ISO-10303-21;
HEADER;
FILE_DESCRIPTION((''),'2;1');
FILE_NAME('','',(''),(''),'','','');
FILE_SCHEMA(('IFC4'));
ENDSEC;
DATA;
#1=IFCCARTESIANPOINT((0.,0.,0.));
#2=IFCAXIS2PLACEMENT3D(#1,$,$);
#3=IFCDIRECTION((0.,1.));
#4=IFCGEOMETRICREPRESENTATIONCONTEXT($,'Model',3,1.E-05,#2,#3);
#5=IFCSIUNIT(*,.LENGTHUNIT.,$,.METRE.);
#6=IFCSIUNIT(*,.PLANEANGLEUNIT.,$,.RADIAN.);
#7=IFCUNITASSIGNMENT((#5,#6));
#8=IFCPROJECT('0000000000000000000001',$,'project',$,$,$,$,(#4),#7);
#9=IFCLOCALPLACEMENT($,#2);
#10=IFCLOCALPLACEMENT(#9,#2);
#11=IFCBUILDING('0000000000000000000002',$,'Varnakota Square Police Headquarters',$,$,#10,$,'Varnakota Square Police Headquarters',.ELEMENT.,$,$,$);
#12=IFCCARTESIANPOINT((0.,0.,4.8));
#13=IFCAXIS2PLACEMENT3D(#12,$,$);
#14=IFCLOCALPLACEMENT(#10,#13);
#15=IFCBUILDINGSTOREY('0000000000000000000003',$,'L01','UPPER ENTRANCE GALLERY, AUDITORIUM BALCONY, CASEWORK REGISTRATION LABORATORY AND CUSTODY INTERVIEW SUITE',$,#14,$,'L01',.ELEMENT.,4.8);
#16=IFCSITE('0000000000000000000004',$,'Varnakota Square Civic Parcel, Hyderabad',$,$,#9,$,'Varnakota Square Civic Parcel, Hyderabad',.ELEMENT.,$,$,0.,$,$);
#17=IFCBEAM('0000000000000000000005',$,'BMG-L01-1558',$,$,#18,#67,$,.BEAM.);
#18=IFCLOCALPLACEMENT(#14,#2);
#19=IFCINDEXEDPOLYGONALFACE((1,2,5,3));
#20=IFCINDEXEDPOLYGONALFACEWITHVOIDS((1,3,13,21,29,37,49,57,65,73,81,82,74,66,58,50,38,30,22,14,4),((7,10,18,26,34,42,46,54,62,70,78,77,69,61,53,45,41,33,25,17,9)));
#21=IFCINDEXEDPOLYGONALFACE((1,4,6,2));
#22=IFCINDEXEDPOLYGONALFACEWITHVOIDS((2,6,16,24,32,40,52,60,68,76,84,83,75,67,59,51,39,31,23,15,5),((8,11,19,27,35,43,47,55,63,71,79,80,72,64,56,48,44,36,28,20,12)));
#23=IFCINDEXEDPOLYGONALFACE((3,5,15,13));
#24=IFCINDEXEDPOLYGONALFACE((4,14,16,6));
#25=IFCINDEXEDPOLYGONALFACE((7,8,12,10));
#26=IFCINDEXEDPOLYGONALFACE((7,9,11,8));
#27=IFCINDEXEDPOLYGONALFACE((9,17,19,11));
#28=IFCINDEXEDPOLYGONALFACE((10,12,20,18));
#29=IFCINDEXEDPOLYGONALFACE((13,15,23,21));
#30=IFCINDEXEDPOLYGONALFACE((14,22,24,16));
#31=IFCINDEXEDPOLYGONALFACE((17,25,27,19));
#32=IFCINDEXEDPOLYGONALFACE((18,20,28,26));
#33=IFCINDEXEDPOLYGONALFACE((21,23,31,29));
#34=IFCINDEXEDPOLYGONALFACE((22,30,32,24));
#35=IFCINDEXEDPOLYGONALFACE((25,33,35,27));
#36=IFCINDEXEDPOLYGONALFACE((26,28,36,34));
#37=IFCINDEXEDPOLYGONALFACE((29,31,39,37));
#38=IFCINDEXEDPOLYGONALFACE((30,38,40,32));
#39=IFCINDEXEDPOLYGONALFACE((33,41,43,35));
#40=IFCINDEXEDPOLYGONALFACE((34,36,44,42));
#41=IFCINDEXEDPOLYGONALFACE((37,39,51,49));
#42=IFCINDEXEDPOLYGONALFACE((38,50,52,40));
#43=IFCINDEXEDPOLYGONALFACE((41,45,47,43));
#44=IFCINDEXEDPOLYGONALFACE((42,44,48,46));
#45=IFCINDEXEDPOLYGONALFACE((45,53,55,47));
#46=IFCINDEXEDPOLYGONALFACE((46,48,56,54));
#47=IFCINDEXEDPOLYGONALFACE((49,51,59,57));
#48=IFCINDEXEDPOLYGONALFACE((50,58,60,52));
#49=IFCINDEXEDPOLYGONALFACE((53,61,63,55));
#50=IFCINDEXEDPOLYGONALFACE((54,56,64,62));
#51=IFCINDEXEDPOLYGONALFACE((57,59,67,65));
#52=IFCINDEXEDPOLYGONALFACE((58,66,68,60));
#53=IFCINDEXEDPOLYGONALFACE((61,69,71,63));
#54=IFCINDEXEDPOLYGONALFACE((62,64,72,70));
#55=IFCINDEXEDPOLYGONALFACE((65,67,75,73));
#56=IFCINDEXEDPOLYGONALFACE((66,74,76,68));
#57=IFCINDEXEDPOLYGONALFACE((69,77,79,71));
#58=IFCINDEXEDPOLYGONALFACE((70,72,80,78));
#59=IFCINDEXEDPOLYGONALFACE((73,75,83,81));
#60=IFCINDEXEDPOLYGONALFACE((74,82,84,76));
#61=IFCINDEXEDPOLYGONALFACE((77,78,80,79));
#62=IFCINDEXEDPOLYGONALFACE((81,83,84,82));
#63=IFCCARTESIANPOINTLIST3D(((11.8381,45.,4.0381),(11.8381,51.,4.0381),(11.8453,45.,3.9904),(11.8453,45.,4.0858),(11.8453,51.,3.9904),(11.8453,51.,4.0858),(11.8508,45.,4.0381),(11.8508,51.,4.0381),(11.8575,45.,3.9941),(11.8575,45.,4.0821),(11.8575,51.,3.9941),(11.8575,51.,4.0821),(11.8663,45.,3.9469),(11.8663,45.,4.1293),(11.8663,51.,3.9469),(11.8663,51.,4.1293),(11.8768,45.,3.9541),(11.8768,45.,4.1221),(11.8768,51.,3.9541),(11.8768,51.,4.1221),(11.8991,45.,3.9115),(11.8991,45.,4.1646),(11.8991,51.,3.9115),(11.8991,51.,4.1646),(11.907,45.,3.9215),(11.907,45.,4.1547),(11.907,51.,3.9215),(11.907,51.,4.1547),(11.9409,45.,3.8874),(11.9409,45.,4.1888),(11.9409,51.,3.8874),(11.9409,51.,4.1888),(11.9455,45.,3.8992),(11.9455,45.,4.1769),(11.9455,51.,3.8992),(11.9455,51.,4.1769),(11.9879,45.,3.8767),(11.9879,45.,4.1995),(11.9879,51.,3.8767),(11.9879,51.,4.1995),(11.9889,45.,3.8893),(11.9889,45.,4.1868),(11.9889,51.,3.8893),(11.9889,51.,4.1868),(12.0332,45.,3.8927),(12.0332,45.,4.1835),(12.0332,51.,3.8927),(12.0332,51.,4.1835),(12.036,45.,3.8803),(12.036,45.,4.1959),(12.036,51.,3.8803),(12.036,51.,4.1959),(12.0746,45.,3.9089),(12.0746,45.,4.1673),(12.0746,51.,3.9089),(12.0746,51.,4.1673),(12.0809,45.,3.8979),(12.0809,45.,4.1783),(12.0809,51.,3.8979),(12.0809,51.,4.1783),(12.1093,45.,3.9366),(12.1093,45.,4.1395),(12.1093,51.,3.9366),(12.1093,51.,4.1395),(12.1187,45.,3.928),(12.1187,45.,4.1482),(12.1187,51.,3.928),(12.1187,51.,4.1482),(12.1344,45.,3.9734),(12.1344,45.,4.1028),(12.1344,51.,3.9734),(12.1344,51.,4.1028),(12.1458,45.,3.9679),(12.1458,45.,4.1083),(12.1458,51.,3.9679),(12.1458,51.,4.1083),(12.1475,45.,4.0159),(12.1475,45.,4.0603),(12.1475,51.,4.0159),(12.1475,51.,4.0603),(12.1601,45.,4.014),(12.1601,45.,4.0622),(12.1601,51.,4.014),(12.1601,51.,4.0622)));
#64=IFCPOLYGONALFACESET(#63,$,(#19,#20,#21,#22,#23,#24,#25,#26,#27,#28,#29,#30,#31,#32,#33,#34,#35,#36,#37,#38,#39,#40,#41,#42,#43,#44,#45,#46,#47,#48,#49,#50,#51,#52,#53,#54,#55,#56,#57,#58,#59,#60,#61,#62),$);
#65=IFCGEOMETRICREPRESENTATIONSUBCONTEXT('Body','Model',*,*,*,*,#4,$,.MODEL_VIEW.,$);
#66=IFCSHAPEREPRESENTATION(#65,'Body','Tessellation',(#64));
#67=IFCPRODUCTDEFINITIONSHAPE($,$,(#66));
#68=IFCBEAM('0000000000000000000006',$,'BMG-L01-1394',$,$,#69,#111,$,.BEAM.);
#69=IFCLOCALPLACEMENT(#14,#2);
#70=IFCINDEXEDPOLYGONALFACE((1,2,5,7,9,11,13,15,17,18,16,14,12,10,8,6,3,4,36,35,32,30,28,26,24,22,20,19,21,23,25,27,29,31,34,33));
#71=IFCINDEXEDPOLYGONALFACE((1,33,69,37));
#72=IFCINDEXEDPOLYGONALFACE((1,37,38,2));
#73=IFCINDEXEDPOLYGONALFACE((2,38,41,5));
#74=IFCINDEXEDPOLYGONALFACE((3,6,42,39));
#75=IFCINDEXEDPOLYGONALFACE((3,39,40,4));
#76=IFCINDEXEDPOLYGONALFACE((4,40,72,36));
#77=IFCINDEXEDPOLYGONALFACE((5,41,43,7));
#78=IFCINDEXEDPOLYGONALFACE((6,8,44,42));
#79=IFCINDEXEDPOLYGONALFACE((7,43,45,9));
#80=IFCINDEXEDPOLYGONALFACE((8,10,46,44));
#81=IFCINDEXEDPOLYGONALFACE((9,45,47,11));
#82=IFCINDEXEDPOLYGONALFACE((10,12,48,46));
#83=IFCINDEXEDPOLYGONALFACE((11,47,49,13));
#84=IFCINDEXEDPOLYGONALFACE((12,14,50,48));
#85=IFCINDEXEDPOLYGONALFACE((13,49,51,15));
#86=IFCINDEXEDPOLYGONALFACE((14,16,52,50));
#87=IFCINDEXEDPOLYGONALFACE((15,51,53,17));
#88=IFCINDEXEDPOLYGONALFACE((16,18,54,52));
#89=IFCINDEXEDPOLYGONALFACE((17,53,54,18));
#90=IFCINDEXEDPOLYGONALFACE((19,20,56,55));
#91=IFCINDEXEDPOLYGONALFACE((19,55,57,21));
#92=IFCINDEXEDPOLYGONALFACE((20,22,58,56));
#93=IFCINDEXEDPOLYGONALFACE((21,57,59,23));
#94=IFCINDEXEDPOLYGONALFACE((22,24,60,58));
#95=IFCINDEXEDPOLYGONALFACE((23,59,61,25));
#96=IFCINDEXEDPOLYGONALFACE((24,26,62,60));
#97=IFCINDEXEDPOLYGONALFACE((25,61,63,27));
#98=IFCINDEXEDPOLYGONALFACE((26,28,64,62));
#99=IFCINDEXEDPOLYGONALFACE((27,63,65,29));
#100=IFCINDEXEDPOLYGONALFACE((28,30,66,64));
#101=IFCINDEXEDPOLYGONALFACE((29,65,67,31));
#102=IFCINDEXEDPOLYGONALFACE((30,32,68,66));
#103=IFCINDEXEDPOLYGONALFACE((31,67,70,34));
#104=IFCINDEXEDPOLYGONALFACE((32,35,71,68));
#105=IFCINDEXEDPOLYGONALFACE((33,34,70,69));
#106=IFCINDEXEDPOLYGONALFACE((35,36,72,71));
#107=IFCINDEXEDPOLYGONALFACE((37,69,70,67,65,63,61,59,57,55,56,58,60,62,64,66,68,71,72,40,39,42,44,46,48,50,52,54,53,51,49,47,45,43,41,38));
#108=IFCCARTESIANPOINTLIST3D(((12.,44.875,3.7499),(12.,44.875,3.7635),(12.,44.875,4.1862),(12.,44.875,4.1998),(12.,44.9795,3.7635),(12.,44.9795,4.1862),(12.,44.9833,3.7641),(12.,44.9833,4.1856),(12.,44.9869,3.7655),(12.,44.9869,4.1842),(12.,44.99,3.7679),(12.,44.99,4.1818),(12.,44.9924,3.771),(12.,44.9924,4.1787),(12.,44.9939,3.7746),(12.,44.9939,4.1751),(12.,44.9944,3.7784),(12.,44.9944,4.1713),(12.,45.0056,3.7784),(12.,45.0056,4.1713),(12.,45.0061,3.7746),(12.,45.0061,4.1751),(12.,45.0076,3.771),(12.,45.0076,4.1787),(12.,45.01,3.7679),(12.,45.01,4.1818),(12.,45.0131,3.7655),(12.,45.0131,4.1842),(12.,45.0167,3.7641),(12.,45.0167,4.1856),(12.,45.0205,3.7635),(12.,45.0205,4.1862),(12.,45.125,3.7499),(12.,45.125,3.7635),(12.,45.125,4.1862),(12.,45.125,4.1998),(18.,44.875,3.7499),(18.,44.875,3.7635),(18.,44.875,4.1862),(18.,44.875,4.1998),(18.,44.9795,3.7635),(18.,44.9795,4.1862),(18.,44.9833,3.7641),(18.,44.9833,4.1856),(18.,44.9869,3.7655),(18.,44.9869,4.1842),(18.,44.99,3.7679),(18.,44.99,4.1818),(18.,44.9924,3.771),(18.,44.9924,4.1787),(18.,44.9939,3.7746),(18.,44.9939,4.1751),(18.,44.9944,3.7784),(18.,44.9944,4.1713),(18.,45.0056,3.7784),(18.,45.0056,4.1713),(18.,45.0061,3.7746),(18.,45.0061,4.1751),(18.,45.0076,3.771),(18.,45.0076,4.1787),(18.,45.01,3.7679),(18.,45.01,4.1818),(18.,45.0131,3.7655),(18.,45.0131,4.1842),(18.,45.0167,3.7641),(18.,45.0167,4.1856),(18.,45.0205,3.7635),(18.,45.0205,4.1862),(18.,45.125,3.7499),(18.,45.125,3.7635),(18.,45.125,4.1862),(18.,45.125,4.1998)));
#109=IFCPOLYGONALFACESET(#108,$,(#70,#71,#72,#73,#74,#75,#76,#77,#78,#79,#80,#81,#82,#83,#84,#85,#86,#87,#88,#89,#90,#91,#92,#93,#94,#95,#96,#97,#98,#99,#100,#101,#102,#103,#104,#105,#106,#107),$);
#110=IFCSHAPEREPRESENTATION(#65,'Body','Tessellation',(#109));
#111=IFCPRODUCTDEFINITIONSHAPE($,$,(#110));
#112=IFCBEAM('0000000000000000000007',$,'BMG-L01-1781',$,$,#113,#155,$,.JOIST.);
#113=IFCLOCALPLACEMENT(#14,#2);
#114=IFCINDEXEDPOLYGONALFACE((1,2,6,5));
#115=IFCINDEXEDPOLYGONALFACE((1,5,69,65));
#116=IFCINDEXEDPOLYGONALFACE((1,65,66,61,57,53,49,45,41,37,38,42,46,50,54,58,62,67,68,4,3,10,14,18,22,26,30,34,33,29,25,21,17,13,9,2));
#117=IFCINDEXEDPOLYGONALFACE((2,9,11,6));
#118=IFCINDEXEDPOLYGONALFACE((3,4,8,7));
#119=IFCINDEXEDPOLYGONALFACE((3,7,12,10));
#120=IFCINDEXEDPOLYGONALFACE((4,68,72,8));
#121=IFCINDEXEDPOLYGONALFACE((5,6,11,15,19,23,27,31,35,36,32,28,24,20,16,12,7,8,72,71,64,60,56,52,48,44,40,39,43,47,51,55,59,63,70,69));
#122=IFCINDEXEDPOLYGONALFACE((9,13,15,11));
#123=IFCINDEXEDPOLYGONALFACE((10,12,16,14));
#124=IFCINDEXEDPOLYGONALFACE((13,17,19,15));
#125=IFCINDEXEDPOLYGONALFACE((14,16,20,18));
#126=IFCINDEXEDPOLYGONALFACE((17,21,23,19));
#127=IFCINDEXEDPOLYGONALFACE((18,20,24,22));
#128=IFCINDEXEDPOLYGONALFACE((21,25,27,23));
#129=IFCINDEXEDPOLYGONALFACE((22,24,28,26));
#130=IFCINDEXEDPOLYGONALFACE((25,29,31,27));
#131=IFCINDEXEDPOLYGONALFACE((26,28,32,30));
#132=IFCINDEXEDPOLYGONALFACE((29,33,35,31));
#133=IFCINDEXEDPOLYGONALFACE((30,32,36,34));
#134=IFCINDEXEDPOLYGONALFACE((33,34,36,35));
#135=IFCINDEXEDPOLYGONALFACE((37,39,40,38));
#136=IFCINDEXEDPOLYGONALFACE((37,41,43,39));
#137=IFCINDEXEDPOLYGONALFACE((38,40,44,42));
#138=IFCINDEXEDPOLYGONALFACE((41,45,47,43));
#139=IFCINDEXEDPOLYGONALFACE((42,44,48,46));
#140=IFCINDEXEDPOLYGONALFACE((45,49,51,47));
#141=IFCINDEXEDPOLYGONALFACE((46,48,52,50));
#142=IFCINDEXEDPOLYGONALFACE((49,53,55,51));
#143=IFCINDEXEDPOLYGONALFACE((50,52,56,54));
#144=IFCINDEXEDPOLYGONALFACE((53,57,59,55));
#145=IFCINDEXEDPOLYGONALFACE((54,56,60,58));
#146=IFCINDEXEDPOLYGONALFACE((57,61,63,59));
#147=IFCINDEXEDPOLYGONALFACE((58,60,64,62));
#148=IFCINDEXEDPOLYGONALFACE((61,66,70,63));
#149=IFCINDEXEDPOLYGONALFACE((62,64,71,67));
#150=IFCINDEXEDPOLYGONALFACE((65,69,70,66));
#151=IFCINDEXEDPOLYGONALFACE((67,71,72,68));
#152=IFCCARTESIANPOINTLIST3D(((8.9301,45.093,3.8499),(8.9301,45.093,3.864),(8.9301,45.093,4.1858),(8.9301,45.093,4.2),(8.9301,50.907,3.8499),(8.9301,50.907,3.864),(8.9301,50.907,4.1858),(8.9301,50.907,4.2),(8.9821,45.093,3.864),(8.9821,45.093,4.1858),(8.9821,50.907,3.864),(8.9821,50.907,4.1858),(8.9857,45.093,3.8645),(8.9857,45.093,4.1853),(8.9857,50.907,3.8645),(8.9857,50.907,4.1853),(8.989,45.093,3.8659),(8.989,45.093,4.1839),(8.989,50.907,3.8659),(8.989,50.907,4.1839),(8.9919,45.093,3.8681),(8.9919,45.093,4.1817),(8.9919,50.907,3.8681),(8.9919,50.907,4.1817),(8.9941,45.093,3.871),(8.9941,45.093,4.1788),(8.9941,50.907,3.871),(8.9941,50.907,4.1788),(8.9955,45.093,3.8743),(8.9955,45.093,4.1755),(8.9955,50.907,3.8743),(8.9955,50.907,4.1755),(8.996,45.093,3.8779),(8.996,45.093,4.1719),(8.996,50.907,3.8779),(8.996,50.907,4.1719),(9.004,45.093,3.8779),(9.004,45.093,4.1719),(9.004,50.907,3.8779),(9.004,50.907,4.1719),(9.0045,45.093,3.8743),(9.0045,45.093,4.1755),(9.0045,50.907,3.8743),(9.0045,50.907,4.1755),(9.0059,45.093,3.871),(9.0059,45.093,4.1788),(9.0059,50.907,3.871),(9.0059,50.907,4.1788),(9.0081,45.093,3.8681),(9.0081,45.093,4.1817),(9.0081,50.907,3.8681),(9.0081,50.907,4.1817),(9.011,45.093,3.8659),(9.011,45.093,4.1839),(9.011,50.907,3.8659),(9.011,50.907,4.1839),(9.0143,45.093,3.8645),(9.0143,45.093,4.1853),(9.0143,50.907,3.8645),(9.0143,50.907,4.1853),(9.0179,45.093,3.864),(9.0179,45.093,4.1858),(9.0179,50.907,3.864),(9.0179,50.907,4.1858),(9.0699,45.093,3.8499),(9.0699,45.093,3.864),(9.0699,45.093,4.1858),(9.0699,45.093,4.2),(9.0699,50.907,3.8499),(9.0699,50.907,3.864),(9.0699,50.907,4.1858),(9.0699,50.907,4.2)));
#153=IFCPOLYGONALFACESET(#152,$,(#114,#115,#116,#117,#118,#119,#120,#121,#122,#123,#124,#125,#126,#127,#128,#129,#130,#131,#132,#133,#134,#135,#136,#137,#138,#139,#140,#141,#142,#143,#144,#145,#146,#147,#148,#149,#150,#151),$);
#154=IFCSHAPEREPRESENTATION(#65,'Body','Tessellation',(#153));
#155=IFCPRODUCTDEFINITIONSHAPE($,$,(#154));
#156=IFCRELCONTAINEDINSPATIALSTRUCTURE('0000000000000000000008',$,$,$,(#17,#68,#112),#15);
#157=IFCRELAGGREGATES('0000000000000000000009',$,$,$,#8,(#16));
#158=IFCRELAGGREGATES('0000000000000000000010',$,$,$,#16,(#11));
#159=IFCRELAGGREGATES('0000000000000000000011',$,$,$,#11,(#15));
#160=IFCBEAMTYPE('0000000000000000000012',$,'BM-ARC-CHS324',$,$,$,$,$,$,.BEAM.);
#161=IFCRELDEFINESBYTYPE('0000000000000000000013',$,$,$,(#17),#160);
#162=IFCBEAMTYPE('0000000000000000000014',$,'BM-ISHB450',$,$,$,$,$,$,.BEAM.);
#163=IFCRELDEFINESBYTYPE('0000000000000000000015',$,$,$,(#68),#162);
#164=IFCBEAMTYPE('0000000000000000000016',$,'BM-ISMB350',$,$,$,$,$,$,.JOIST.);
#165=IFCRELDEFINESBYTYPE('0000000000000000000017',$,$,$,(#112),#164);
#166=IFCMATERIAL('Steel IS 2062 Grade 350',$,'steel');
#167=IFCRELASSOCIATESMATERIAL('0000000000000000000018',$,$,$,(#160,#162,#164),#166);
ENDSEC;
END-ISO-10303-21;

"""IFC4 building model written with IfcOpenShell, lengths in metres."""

from ifc_helpers import new_model, si_unit, direction, frame, origin, origin_2d, place, context, subcontext, project, spatial, hollow_circle, i_section, extrude, material, material_profile, profile_set, type_object, element, save


model = new_model("IFC4")

# Units and contexts
model_context = context("Model", 3, precision=1e-05, world=origin(), true_north=direction((0.0, 1.0)))
body_context = subcontext(model_context, "Body", "Model", "MODEL_VIEW")
ifc_project = project(units=[si_unit("LENGTHUNIT", "METRE"), si_unit("PLANEANGLEUNIT", "RADIAN")], contexts=[model_context])

# Site, building, storey
site_placement = place(None, origin())
site = spatial("IfcSite", under=ifc_project, at=site_placement, Name="Varnakota Square Civic Parcel, Hyderabad", LongName="Varnakota Square Civic Parcel, Hyderabad", CompositionType="ELEMENT", RefElevation=0.0)
building_placement = place(site_placement, origin())
building = spatial("IfcBuilding", under=site, at=building_placement, Name="Varnakota Square Police Headquarters", LongName="Varnakota Square Police Headquarters", CompositionType="ELEMENT")
storey_placement = place(building_placement, frame((0.0, 0.0, 4.8)))
storey = spatial("IfcBuildingStorey", under=building, at=storey_placement, Name="L01", Description="UPPER ENTRANCE GALLERY, AUDITORIUM BALCONY, CASEWORK REGISTRATION LABORATORY AND CUSTODY INTERVIEW SUITE", LongName="L01", CompositionType="ELEMENT", Elevation=4.8)

# Shared definitions
ifc_material_1 = material(Name="Steel IS 2062 Grade 350", Category="steel")

# Beams
ifc_material_profile_1 = material_profile(ifc_material_1, hollow_circle(Radius=0.1619, WallThickness=0.0127, at=origin_2d()), Name="CHS 323.9x12.7")
ifc_profile_set_1 = profile_set([ifc_material_profile_1], Name="Steel IS 2062 Grade 350")
beam_type_1 = type_object("IfcBeamType", Name="BM-ARC-CHS324", PredefinedType="BEAM", material=ifc_profile_set_1)
for number, where, z_axis, x_axis, name in (
    (1, (12.0, 45.0, 4.0381), (0.0, 1.0, 0.0), (-1.0, 0.0, 0.0), "BMG-L01-1558"),
):
    element("IfcBeam", number, at=place(storey_placement, frame(where, z_axis=z_axis, x_axis=x_axis)), inside=storey, type_object=beam_type_1, Name=name, PredefinedType="BEAM", context=body_context, shape_type="SweptSolid", body=[
        extrude(hollow_circle(Radius=0.1619, WallThickness=0.0127, at=origin_2d()), origin(), (0.0, 0.0, 1.0), 6.0),
    ])
ifc_material_profile_2 = material_profile(ifc_material_1, i_section(OverallWidth=0.25, OverallDepth=0.45, WebThickness=0.0112, FlangeThickness=0.0137, FilletRadius=0.0149, at=origin_2d()), Name="ISHB 450")
ifc_profile_set_2 = profile_set([ifc_material_profile_2], Name="Steel IS 2062 Grade 350")
beam_type_2 = type_object("IfcBeamType", Name="BM-ISHB450", PredefinedType="BEAM", material=ifc_profile_set_2)
beam_1_placement = place(storey_placement, frame((12.0, 45.0, 3.9749), z_axis=(1.0, 0.0, 0.0), x_axis=(0.0, 1.0, 0.0)))
element("IfcBeam", 2, at=beam_1_placement, inside=storey, type_object=beam_type_2, Name="BMG-L01-1394", PredefinedType="BEAM", context=body_context, shape_type="SweptSolid", body=[
    extrude(i_section(OverallWidth=0.25, OverallDepth=0.45, WebThickness=0.0112, FlangeThickness=0.0137, FilletRadius=0.0149, at=origin_2d()), origin(), (0.0, 0.0, 1.0), 6.0),
])
ifc_material_profile_3 = material_profile(ifc_material_1, i_section(OverallWidth=0.1399, OverallDepth=0.3501, WebThickness=0.0081, FlangeThickness=0.0142, FilletRadius=0.0139, at=origin_2d()), Name="ISMB 350")
ifc_profile_set_3 = profile_set([ifc_material_profile_3], Name="Steel IS 2062 Grade 350")
beam_type_3 = type_object("IfcBeamType", Name="BM-ISMB350", PredefinedType="JOIST", material=ifc_profile_set_3)
beam_2_placement = place(storey_placement, frame((9.0, 45.093, 4.0249), z_axis=(0.0, 1.0, 0.0), x_axis=(-1.0, 0.0, 0.0)))
element("IfcBeam", 3, at=beam_2_placement, inside=storey, type_object=beam_type_3, Name="BMG-L01-1781", PredefinedType="JOIST", context=body_context, shape_type="SweptSolid", body=[
    extrude(i_section(OverallWidth=0.1399, OverallDepth=0.3501, WebThickness=0.0081, FlangeThickness=0.0142, FilletRadius=0.0139, at=origin_2d()), origin(), (0.0, 0.0, 1.0), 5.814),
])

save(model, "model.ifc")
